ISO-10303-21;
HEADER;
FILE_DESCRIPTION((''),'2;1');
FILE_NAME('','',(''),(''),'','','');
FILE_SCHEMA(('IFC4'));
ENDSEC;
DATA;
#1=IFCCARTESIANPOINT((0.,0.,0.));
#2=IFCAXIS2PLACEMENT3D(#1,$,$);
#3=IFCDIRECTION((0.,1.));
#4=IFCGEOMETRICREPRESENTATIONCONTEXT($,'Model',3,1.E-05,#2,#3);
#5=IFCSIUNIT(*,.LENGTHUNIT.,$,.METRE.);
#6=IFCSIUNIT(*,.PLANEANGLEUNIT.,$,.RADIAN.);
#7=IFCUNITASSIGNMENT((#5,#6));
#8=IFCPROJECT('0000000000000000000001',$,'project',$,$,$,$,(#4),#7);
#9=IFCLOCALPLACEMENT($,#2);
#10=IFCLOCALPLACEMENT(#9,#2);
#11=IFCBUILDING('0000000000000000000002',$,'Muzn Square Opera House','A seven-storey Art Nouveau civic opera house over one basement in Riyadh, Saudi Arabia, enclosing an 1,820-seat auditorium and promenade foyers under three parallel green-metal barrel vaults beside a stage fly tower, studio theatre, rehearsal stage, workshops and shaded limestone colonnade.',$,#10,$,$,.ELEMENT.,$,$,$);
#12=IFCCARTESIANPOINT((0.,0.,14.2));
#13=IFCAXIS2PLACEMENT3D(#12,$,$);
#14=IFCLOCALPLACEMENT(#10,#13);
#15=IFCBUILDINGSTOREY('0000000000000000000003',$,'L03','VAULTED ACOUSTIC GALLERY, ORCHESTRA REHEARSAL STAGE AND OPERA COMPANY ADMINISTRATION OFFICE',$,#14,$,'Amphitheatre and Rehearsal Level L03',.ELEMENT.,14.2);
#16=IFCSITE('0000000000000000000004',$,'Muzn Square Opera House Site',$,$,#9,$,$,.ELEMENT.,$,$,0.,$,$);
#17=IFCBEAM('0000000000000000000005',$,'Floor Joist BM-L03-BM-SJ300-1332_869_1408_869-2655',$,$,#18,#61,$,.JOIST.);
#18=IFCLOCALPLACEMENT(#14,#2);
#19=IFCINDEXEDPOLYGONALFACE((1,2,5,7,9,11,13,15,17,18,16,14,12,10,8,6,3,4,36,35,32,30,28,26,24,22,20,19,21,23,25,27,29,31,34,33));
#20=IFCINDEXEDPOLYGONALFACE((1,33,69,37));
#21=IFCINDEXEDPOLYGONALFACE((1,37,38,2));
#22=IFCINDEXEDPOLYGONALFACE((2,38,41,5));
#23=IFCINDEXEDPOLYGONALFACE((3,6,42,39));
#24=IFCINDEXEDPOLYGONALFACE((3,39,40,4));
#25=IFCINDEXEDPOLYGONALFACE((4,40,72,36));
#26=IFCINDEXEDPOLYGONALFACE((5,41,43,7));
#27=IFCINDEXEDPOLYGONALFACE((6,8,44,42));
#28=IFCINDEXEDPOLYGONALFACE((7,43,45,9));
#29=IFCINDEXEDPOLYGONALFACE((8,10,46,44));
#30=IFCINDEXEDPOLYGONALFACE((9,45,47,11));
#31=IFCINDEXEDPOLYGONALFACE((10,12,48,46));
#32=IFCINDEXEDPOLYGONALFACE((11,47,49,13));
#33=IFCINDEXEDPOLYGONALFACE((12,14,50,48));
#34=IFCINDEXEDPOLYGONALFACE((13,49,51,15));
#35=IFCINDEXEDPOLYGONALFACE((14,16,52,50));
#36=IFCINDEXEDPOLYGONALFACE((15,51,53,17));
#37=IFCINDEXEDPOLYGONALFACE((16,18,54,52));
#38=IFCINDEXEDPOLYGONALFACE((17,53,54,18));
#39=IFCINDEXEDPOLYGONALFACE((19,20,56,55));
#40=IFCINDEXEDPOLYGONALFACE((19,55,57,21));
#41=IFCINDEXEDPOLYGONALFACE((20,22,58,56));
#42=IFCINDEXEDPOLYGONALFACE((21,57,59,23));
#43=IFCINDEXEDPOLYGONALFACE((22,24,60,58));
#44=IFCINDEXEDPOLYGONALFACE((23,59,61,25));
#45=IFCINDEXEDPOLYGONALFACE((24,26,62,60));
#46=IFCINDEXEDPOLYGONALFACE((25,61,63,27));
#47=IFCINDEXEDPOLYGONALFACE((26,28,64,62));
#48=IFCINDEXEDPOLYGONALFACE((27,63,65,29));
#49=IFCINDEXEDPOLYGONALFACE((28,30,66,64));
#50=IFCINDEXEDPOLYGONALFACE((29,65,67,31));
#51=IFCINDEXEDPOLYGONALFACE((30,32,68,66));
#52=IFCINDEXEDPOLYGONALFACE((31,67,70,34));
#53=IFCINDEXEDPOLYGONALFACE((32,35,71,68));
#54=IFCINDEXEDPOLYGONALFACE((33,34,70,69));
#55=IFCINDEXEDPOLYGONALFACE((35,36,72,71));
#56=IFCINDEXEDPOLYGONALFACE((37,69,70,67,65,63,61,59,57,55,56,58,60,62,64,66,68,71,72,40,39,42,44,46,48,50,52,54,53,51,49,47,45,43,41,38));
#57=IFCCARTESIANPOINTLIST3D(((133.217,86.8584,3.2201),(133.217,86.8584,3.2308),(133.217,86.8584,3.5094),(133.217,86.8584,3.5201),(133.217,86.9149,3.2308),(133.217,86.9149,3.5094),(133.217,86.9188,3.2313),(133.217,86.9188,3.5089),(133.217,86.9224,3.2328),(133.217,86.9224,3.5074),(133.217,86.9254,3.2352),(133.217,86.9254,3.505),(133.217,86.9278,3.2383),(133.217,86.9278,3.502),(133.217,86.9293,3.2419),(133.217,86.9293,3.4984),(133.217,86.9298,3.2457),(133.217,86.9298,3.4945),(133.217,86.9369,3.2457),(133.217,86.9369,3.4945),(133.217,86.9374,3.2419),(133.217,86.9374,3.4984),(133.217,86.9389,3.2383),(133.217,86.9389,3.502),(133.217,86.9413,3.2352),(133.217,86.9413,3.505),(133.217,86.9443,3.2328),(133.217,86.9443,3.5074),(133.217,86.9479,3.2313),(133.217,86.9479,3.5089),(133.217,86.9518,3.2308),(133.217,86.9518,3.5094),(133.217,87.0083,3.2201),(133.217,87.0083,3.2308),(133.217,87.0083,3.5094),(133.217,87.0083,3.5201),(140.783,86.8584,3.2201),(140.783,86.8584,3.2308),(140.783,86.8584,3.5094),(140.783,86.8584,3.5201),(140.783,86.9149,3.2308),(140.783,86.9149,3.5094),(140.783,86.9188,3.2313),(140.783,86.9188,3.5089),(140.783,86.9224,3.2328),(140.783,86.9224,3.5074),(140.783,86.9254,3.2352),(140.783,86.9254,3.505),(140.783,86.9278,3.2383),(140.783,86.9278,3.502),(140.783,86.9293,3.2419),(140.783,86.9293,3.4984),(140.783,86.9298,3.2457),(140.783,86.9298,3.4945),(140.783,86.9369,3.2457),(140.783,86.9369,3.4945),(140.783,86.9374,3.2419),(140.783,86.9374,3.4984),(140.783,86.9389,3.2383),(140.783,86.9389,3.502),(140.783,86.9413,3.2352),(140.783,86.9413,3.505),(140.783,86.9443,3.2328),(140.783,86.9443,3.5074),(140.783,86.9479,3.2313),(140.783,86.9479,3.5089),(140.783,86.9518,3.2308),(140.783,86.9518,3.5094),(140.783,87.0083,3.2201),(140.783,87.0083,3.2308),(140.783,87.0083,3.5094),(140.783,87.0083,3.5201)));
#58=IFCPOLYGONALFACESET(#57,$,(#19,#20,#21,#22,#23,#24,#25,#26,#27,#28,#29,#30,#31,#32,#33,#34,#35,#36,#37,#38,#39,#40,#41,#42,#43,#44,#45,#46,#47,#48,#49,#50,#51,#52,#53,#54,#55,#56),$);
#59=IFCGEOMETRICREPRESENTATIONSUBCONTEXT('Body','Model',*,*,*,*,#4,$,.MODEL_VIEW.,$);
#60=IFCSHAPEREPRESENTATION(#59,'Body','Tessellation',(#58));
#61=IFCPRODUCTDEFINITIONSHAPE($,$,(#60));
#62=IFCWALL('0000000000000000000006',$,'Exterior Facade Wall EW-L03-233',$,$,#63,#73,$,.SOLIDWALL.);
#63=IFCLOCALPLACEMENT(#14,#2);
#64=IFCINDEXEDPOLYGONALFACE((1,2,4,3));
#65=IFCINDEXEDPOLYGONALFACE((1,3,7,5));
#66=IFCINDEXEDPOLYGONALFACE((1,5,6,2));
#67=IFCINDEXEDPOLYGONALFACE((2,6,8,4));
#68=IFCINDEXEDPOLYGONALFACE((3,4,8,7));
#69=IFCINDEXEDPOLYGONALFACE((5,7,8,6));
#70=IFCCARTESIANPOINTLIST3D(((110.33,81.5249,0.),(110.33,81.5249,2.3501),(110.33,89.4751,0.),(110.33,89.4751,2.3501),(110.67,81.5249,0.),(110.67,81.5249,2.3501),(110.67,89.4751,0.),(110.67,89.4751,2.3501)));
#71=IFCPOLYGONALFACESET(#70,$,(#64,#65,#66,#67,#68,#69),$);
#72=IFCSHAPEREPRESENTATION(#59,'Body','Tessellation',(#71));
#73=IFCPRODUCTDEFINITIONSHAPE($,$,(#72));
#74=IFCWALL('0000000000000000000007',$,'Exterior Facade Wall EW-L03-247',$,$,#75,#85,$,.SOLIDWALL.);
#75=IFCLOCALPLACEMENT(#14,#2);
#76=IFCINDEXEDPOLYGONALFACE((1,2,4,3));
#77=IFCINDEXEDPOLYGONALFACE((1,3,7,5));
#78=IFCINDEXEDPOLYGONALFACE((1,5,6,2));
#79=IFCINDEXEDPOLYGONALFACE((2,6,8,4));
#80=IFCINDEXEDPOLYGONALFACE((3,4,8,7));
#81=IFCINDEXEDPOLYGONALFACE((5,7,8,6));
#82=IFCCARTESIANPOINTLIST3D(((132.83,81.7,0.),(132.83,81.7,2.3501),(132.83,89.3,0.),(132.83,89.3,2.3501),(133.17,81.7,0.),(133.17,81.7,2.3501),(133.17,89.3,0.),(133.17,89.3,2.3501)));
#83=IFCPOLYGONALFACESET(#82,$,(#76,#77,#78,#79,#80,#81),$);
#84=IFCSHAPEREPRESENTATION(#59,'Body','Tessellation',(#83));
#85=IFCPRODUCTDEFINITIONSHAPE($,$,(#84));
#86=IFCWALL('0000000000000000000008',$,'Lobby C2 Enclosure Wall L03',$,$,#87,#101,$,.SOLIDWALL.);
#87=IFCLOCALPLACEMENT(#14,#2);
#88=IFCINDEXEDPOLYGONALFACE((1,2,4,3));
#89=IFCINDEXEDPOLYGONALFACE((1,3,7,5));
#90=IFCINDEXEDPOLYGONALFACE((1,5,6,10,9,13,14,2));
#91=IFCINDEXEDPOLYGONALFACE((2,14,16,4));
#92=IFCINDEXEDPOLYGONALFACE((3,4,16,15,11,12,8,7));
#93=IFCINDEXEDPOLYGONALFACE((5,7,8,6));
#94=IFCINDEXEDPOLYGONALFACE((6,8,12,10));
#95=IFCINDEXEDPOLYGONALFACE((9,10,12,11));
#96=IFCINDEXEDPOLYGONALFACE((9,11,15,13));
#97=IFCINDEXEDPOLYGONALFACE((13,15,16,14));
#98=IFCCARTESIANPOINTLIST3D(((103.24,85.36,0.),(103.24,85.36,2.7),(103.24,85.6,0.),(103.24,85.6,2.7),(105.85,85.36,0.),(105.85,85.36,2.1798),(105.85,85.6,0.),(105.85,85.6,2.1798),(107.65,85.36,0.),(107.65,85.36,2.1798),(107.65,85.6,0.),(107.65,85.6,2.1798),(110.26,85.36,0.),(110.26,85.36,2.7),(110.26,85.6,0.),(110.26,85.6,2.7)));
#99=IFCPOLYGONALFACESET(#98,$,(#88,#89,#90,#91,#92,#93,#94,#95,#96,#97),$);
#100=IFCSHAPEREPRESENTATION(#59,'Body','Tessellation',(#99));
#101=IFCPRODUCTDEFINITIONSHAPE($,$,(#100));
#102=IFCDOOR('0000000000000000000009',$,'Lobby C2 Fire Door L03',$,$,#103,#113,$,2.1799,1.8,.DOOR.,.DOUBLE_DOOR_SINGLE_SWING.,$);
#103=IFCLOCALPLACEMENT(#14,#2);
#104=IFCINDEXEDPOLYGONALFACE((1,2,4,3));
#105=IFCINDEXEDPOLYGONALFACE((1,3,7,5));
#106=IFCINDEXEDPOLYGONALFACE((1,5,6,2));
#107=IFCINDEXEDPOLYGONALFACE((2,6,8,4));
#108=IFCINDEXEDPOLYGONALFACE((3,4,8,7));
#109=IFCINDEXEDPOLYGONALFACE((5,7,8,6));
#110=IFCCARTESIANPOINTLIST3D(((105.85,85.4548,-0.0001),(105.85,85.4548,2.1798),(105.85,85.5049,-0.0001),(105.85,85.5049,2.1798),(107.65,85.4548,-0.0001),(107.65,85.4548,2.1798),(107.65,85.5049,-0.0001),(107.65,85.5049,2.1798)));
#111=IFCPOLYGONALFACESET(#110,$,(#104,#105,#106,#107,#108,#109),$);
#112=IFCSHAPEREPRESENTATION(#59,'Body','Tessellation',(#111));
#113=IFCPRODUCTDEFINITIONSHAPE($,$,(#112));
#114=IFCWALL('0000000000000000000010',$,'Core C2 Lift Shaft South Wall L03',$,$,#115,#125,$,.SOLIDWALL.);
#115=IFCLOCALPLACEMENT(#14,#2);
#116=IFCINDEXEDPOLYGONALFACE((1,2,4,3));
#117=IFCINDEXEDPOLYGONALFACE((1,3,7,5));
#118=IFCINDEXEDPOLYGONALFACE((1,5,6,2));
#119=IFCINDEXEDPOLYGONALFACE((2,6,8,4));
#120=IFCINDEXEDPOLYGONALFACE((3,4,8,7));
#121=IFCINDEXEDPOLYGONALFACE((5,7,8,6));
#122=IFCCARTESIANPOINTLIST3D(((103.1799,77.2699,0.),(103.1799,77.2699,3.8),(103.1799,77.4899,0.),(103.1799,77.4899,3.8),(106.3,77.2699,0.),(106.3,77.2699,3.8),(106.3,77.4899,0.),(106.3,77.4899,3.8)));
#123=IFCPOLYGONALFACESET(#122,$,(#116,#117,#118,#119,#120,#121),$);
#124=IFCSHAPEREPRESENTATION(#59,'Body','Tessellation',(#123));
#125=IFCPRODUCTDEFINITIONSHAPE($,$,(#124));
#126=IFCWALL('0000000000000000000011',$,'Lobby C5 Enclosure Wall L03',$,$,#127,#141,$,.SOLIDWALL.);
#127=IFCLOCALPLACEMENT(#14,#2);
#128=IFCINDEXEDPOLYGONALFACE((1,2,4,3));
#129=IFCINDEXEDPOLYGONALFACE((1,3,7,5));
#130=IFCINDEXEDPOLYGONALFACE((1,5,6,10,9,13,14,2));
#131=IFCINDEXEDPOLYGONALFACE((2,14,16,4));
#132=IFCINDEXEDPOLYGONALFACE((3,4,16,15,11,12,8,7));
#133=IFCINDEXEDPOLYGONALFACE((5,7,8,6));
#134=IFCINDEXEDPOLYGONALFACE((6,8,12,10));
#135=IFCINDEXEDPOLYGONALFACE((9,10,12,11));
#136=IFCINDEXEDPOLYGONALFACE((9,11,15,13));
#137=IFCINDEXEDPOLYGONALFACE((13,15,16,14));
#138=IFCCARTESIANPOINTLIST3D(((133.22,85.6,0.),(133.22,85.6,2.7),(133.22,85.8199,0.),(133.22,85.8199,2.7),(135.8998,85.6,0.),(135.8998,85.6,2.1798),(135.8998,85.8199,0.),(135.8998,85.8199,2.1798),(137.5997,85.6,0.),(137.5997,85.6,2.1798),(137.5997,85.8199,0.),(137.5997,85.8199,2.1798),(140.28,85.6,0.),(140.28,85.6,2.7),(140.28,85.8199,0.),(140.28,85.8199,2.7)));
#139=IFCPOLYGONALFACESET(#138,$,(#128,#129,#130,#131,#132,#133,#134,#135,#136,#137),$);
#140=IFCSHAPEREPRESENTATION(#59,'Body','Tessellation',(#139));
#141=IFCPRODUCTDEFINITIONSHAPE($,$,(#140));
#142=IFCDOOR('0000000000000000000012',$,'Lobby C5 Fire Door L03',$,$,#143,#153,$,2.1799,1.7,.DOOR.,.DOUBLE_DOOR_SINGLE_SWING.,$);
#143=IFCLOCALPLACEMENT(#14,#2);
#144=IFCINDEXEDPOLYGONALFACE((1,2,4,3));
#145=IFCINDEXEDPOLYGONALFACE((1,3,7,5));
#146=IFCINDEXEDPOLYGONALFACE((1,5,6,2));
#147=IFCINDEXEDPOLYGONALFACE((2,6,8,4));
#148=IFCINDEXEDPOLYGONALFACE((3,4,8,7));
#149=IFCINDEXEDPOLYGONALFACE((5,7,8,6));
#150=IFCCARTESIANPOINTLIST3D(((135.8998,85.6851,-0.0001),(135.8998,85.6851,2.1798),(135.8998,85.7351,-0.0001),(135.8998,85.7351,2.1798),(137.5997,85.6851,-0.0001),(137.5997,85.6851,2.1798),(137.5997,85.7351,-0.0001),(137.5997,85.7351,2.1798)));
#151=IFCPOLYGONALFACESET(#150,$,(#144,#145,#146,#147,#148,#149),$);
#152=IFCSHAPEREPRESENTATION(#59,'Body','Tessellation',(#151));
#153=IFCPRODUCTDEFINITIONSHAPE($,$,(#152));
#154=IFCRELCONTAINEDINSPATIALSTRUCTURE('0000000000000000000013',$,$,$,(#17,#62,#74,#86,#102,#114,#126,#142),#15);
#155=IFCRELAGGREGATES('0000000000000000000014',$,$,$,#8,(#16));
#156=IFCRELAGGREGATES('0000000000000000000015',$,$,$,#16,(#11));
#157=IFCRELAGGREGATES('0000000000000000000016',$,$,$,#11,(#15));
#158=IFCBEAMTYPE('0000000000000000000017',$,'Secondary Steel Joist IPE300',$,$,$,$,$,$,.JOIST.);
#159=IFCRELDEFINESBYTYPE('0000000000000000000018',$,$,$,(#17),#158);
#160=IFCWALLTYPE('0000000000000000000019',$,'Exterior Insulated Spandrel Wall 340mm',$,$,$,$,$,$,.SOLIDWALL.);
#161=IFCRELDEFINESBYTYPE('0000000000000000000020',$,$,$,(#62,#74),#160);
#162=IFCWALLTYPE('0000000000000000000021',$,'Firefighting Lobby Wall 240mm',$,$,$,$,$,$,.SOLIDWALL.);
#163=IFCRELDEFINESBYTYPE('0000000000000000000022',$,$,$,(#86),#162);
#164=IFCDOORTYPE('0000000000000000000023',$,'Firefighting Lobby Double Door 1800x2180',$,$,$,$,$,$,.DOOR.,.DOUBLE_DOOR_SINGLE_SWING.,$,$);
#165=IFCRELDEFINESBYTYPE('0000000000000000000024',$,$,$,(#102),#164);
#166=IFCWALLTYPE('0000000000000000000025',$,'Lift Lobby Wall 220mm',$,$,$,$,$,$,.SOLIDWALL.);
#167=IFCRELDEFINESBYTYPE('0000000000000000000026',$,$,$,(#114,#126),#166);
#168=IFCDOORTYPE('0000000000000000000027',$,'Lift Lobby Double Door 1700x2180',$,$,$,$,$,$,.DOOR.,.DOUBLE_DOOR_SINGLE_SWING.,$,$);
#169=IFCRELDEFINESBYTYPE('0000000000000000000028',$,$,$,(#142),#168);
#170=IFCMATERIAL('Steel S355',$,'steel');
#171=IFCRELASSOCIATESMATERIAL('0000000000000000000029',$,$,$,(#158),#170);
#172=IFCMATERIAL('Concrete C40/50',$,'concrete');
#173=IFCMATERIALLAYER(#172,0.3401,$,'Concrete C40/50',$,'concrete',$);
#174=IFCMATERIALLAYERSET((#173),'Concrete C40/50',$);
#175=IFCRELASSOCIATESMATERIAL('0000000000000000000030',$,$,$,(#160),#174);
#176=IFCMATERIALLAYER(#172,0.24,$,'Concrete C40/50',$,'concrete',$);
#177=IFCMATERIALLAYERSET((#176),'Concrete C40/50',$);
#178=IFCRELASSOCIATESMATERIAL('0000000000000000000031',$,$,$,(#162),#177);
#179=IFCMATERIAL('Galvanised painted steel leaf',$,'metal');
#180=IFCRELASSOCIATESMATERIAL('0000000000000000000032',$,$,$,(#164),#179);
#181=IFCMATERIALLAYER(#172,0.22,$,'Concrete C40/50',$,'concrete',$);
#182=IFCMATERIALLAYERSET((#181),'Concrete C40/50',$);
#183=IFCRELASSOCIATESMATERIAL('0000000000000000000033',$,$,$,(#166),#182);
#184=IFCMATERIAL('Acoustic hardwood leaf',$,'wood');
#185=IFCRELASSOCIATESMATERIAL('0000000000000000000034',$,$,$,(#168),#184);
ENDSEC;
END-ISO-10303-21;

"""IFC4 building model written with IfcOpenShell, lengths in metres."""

from ifc_helpers import new_model, si_unit, direction, frame, frame_2d, origin, origin_2d, place, context, subcontext, project, spatial, rectangle, i_section, extrude, material, layer, layer_set, material_profile, profile_set, type_object, element, fill, save


model = new_model("IFC4")

# Units and contexts
model_context = context("Model", 3, precision=1e-05, world=origin(), true_north=direction((0.0, 1.0)))
body_context = subcontext(model_context, "Body", "Model", "MODEL_VIEW")
ifc_project = project(units=[si_unit("LENGTHUNIT", "METRE"), si_unit("PLANEANGLEUNIT", "RADIAN")], contexts=[model_context])

# Site, building, storey
site_placement = place(None, origin())
site = spatial("IfcSite", under=ifc_project, at=site_placement, Name="Muzn Square Opera House Site", CompositionType="ELEMENT", RefElevation=0.0)
building_placement = place(site_placement, origin())
building = spatial("IfcBuilding", under=site, at=building_placement, Name="Muzn Square Opera House", Description="A seven-storey Art Nouveau civic opera house over one basement in Riyadh, Saudi Arabia, enclosing an 1,820-seat auditorium and promenade foyers under three parallel green-metal barrel vaults beside a stage fly tower, studio theatre, rehearsal stage, workshops and shaded limestone colonnade.", CompositionType="ELEMENT")
storey_placement = place(building_placement, frame((0.0, 0.0, 14.2)))
storey = spatial("IfcBuildingStorey", under=building, at=storey_placement, Name="L03", Description="VAULTED ACOUSTIC GALLERY, ORCHESTRA REHEARSAL STAGE AND OPERA COMPANY ADMINISTRATION OFFICE", LongName="Amphitheatre and Rehearsal Level L03", CompositionType="ELEMENT", Elevation=14.2)

# Beam
ifc_material_1 = material(Name="Concrete C40/50", Category="concrete")
ifc_material_2 = material(Name="Steel S355", Category="steel")
ifc_material_profile_1 = material_profile(ifc_material_2, i_section(OverallWidth=0.1499, OverallDepth=0.3, WebThickness=0.0071, FlangeThickness=0.0107, FilletRadius=0.0149, at=origin_2d()), Name="IPE 300", Category="steel")
ifc_profile_set_1 = profile_set([ifc_material_profile_1], Name="Steel S355")
beam_type_1 = type_object("IfcBeamType", Name="Secondary Steel Joist IPE300", PredefinedType="JOIST", material=ifc_profile_set_1)
for number, where, z_axis, x_axis, name in (
    (1, (133.217, 86.9333, 3.3701), (1.0, 0.0, 0.0), (0.0, 1.0, 0.0), "Floor Joist BM-L03-BM-SJ300-1332_869_1408_869-2655"),
):
    element("IfcBeam", number, at=place(storey_placement, frame(where, z_axis=z_axis, x_axis=x_axis)), inside=storey, type_object=beam_type_1, Name=name, PredefinedType="JOIST", context=body_context, shape_type="SweptSolid", body=[
        extrude(i_section(OverallWidth=0.1499, OverallDepth=0.3, WebThickness=0.0071, FlangeThickness=0.0107, FilletRadius=0.0149, at=origin_2d()), origin(), (0.0, 0.0, 1.0), 7.5659),
    ])

# Shared definitions
ifc_material_3 = material(Name="Galvanised painted steel leaf", Category="metal")

# Walls
ifc_layer_1 = layer(ifc_material_1, 0.3401, Name="Concrete C40/50", Category="concrete")
ifc_layer_set_1 = layer_set([ifc_layer_1], Name="Concrete C40/50")
wall_type_1 = type_object("IfcWallType", Name="Exterior Insulated Spandrel Wall 340mm", PredefinedType="SOLIDWALL", material=ifc_layer_set_1)
wall_1_placement = place(storey_placement, frame((110.5, 81.5249, 0.0), z_axis=(0.0, 0.0, 1.0), x_axis=(0.0, 1.0, 0.0)))
element("IfcWall", 2, at=wall_1_placement, inside=storey, type_object=wall_type_1, Name="Exterior Facade Wall EW-L03-233", PredefinedType="SOLIDWALL", context=body_context, shape_type="SweptSolid", body=[
    extrude(rectangle(XDim=7.9502, YDim=0.3401, at=frame_2d((3.9751, 0.0))), origin(), (0.0, 0.0, 1.0), 2.3501),
])
wall_2_placement = place(storey_placement, frame((133.0, 81.7, 0.0), z_axis=(0.0, 0.0, 1.0), x_axis=(0.0, 1.0, 0.0)))
element("IfcWall", 3, at=wall_2_placement, inside=storey, type_object=wall_type_1, Name="Exterior Facade Wall EW-L03-247", PredefinedType="SOLIDWALL", context=body_context, shape_type="SweptSolid", body=[
    extrude(rectangle(XDim=7.6001, YDim=0.3401, at=frame_2d((3.8, 0.0))), origin(), (0.0, 0.0, 1.0), 2.3501),
])

# Wall, opening, door
ifc_layer_2 = layer(ifc_material_1, 0.24, Name="Concrete C40/50", Category="concrete")
ifc_layer_set_2 = layer_set([ifc_layer_2], Name="Concrete C40/50")
wall_type_2 = type_object("IfcWallType", Name="Firefighting Lobby Wall 240mm", PredefinedType="SOLIDWALL", material=ifc_layer_set_2)
wall_3_placement = place(storey_placement, frame((103.24, 85.48, 0.0), z_axis=(0.0, 0.0, 1.0), x_axis=(1.0, 0.0, 0.0)))
wall_3 = element("IfcWall", 4, at=wall_3_placement, inside=storey, type_object=wall_type_2, Name="Lobby C2 Enclosure Wall L03", PredefinedType="SOLIDWALL", context=body_context, shape_type="SweptSolid", body=[
    extrude(rectangle(XDim=7.02, YDim=0.24, at=frame_2d((3.51, 0.0))), origin(), (0.0, 0.0, 1.0), 2.7),
])
opening_1_placement = place(wall_3_placement, frame((2.6101, 0.0, 0.0)))
opening_1 = element("IfcOpeningElement", 5, at=opening_1_placement, cuts=wall_3, PredefinedType="OPENING", context=body_context, shape_type="SweptSolid", body=[
    extrude(rectangle(XDim=1.8, YDim=2.1799, at=frame_2d((0.8999, 1.0898))), frame((0.0, 0.1299, 0.0), z_axis=(0.0, -1.0, 0.0), x_axis=(1.0, 0.0, 0.0)), (0.0, 0.0, 1.0), 0.26),
])
door_type_1 = type_object("IfcDoorType", Name="Firefighting Lobby Double Door 1800x2180", OperationType="DOUBLE_DOOR_SINGLE_SWING", PredefinedType="DOOR", material=ifc_material_3)
door_1_placement = place(opening_1_placement, origin())
door_1 = element("IfcDoor", 6, at=door_1_placement, inside=storey, type_object=door_type_1, Name="Lobby C2 Fire Door L03", OperationType="DOUBLE_DOOR_SINGLE_SWING", OverallHeight=2.1799, OverallWidth=1.8, PredefinedType="DOOR", context=body_context, shape_type="SweptSolid", body=[
    extrude(rectangle(XDim=1.8, YDim=2.1799, at=frame_2d((0.8999, 1.0898))), frame((0.0, 0.0249, 0.0), z_axis=(0.0, -1.0, 0.0), x_axis=(1.0, 0.0, 0.0)), (0.0, 0.0, 1.0), 0.05),
])
fill(opening_1, door_1)

# Wall
ifc_layer_3 = layer(ifc_material_1, 0.22, Name="Concrete C40/50", Category="concrete")
ifc_layer_set_3 = layer_set([ifc_layer_3], Name="Concrete C40/50")
wall_type_3 = type_object("IfcWallType", Name="Lift Lobby Wall 220mm", PredefinedType="SOLIDWALL", material=ifc_layer_set_3)
wall_4_placement = place(storey_placement, frame((103.1799, 77.3799, 0.0), z_axis=(0.0, 0.0, 1.0), x_axis=(1.0, 0.0, 0.0)))
element("IfcWall", 7, at=wall_4_placement, inside=storey, type_object=wall_type_3, Name="Core C2 Lift Shaft South Wall L03", PredefinedType="SOLIDWALL", context=body_context, shape_type="SweptSolid", body=[
    extrude(rectangle(XDim=3.1201, YDim=0.22, at=frame_2d((1.5601, 0.0))), origin(), (0.0, 0.0, 1.0), 3.8),
])

# Wall, opening, door
wall_5_placement = place(storey_placement, frame((133.22, 85.71, 0.0), z_axis=(0.0, 0.0, 1.0), x_axis=(1.0, 0.0, 0.0)))
wall_5 = element("IfcWall", 8, at=wall_5_placement, inside=storey, type_object=wall_type_3, Name="Lobby C5 Enclosure Wall L03", PredefinedType="SOLIDWALL", context=body_context, shape_type="SweptSolid", body=[
    extrude(rectangle(XDim=7.0601, YDim=0.22, at=frame_2d((3.53, 0.0))), origin(), (0.0, 0.0, 1.0), 2.7),
])
opening_2_placement = place(wall_5_placement, frame((4.3799, 0.0, 0.0), z_axis=(0.0, 0.0, 1.0), x_axis=(-1.0, 0.0, 0.0)))
opening_2 = element("IfcOpeningElement", 9, at=opening_2_placement, cuts=wall_5, PredefinedType="OPENING", context=body_context, shape_type="SweptSolid", body=[
    extrude(rectangle(XDim=1.7, YDim=2.1799, at=frame_2d((0.8501, 1.0898))), frame((0.0, 0.1199, 0.0), z_axis=(0.0, -1.0, 0.0), x_axis=(1.0, 0.0, 0.0)), (0.0, 0.0, 1.0), 0.24),
])
ifc_material_4 = material(Name="Acoustic hardwood leaf", Category="wood")
door_type_2 = type_object("IfcDoorType", Name="Lift Lobby Double Door 1700x2180", OperationType="DOUBLE_DOOR_SINGLE_SWING", PredefinedType="DOOR", material=ifc_material_4)
door_2_placement = place(opening_2_placement, origin())
door_2 = element("IfcDoor", 10, at=door_2_placement, inside=storey, type_object=door_type_2, Name="Lobby C5 Fire Door L03", OperationType="DOUBLE_DOOR_SINGLE_SWING", OverallHeight=2.1799, OverallWidth=1.7, PredefinedType="DOOR", context=body_context, shape_type="SweptSolid", body=[
    extrude(rectangle(XDim=1.7, YDim=2.1799, at=frame_2d((0.8501, 1.0898))), frame((0.0, 0.0249, 0.0), z_axis=(0.0, -1.0, 0.0), x_axis=(1.0, 0.0, 0.0)), (0.0, 0.0, 1.0), 0.05),
])
fill(opening_2, door_2)

save(model, "model.ifc")
